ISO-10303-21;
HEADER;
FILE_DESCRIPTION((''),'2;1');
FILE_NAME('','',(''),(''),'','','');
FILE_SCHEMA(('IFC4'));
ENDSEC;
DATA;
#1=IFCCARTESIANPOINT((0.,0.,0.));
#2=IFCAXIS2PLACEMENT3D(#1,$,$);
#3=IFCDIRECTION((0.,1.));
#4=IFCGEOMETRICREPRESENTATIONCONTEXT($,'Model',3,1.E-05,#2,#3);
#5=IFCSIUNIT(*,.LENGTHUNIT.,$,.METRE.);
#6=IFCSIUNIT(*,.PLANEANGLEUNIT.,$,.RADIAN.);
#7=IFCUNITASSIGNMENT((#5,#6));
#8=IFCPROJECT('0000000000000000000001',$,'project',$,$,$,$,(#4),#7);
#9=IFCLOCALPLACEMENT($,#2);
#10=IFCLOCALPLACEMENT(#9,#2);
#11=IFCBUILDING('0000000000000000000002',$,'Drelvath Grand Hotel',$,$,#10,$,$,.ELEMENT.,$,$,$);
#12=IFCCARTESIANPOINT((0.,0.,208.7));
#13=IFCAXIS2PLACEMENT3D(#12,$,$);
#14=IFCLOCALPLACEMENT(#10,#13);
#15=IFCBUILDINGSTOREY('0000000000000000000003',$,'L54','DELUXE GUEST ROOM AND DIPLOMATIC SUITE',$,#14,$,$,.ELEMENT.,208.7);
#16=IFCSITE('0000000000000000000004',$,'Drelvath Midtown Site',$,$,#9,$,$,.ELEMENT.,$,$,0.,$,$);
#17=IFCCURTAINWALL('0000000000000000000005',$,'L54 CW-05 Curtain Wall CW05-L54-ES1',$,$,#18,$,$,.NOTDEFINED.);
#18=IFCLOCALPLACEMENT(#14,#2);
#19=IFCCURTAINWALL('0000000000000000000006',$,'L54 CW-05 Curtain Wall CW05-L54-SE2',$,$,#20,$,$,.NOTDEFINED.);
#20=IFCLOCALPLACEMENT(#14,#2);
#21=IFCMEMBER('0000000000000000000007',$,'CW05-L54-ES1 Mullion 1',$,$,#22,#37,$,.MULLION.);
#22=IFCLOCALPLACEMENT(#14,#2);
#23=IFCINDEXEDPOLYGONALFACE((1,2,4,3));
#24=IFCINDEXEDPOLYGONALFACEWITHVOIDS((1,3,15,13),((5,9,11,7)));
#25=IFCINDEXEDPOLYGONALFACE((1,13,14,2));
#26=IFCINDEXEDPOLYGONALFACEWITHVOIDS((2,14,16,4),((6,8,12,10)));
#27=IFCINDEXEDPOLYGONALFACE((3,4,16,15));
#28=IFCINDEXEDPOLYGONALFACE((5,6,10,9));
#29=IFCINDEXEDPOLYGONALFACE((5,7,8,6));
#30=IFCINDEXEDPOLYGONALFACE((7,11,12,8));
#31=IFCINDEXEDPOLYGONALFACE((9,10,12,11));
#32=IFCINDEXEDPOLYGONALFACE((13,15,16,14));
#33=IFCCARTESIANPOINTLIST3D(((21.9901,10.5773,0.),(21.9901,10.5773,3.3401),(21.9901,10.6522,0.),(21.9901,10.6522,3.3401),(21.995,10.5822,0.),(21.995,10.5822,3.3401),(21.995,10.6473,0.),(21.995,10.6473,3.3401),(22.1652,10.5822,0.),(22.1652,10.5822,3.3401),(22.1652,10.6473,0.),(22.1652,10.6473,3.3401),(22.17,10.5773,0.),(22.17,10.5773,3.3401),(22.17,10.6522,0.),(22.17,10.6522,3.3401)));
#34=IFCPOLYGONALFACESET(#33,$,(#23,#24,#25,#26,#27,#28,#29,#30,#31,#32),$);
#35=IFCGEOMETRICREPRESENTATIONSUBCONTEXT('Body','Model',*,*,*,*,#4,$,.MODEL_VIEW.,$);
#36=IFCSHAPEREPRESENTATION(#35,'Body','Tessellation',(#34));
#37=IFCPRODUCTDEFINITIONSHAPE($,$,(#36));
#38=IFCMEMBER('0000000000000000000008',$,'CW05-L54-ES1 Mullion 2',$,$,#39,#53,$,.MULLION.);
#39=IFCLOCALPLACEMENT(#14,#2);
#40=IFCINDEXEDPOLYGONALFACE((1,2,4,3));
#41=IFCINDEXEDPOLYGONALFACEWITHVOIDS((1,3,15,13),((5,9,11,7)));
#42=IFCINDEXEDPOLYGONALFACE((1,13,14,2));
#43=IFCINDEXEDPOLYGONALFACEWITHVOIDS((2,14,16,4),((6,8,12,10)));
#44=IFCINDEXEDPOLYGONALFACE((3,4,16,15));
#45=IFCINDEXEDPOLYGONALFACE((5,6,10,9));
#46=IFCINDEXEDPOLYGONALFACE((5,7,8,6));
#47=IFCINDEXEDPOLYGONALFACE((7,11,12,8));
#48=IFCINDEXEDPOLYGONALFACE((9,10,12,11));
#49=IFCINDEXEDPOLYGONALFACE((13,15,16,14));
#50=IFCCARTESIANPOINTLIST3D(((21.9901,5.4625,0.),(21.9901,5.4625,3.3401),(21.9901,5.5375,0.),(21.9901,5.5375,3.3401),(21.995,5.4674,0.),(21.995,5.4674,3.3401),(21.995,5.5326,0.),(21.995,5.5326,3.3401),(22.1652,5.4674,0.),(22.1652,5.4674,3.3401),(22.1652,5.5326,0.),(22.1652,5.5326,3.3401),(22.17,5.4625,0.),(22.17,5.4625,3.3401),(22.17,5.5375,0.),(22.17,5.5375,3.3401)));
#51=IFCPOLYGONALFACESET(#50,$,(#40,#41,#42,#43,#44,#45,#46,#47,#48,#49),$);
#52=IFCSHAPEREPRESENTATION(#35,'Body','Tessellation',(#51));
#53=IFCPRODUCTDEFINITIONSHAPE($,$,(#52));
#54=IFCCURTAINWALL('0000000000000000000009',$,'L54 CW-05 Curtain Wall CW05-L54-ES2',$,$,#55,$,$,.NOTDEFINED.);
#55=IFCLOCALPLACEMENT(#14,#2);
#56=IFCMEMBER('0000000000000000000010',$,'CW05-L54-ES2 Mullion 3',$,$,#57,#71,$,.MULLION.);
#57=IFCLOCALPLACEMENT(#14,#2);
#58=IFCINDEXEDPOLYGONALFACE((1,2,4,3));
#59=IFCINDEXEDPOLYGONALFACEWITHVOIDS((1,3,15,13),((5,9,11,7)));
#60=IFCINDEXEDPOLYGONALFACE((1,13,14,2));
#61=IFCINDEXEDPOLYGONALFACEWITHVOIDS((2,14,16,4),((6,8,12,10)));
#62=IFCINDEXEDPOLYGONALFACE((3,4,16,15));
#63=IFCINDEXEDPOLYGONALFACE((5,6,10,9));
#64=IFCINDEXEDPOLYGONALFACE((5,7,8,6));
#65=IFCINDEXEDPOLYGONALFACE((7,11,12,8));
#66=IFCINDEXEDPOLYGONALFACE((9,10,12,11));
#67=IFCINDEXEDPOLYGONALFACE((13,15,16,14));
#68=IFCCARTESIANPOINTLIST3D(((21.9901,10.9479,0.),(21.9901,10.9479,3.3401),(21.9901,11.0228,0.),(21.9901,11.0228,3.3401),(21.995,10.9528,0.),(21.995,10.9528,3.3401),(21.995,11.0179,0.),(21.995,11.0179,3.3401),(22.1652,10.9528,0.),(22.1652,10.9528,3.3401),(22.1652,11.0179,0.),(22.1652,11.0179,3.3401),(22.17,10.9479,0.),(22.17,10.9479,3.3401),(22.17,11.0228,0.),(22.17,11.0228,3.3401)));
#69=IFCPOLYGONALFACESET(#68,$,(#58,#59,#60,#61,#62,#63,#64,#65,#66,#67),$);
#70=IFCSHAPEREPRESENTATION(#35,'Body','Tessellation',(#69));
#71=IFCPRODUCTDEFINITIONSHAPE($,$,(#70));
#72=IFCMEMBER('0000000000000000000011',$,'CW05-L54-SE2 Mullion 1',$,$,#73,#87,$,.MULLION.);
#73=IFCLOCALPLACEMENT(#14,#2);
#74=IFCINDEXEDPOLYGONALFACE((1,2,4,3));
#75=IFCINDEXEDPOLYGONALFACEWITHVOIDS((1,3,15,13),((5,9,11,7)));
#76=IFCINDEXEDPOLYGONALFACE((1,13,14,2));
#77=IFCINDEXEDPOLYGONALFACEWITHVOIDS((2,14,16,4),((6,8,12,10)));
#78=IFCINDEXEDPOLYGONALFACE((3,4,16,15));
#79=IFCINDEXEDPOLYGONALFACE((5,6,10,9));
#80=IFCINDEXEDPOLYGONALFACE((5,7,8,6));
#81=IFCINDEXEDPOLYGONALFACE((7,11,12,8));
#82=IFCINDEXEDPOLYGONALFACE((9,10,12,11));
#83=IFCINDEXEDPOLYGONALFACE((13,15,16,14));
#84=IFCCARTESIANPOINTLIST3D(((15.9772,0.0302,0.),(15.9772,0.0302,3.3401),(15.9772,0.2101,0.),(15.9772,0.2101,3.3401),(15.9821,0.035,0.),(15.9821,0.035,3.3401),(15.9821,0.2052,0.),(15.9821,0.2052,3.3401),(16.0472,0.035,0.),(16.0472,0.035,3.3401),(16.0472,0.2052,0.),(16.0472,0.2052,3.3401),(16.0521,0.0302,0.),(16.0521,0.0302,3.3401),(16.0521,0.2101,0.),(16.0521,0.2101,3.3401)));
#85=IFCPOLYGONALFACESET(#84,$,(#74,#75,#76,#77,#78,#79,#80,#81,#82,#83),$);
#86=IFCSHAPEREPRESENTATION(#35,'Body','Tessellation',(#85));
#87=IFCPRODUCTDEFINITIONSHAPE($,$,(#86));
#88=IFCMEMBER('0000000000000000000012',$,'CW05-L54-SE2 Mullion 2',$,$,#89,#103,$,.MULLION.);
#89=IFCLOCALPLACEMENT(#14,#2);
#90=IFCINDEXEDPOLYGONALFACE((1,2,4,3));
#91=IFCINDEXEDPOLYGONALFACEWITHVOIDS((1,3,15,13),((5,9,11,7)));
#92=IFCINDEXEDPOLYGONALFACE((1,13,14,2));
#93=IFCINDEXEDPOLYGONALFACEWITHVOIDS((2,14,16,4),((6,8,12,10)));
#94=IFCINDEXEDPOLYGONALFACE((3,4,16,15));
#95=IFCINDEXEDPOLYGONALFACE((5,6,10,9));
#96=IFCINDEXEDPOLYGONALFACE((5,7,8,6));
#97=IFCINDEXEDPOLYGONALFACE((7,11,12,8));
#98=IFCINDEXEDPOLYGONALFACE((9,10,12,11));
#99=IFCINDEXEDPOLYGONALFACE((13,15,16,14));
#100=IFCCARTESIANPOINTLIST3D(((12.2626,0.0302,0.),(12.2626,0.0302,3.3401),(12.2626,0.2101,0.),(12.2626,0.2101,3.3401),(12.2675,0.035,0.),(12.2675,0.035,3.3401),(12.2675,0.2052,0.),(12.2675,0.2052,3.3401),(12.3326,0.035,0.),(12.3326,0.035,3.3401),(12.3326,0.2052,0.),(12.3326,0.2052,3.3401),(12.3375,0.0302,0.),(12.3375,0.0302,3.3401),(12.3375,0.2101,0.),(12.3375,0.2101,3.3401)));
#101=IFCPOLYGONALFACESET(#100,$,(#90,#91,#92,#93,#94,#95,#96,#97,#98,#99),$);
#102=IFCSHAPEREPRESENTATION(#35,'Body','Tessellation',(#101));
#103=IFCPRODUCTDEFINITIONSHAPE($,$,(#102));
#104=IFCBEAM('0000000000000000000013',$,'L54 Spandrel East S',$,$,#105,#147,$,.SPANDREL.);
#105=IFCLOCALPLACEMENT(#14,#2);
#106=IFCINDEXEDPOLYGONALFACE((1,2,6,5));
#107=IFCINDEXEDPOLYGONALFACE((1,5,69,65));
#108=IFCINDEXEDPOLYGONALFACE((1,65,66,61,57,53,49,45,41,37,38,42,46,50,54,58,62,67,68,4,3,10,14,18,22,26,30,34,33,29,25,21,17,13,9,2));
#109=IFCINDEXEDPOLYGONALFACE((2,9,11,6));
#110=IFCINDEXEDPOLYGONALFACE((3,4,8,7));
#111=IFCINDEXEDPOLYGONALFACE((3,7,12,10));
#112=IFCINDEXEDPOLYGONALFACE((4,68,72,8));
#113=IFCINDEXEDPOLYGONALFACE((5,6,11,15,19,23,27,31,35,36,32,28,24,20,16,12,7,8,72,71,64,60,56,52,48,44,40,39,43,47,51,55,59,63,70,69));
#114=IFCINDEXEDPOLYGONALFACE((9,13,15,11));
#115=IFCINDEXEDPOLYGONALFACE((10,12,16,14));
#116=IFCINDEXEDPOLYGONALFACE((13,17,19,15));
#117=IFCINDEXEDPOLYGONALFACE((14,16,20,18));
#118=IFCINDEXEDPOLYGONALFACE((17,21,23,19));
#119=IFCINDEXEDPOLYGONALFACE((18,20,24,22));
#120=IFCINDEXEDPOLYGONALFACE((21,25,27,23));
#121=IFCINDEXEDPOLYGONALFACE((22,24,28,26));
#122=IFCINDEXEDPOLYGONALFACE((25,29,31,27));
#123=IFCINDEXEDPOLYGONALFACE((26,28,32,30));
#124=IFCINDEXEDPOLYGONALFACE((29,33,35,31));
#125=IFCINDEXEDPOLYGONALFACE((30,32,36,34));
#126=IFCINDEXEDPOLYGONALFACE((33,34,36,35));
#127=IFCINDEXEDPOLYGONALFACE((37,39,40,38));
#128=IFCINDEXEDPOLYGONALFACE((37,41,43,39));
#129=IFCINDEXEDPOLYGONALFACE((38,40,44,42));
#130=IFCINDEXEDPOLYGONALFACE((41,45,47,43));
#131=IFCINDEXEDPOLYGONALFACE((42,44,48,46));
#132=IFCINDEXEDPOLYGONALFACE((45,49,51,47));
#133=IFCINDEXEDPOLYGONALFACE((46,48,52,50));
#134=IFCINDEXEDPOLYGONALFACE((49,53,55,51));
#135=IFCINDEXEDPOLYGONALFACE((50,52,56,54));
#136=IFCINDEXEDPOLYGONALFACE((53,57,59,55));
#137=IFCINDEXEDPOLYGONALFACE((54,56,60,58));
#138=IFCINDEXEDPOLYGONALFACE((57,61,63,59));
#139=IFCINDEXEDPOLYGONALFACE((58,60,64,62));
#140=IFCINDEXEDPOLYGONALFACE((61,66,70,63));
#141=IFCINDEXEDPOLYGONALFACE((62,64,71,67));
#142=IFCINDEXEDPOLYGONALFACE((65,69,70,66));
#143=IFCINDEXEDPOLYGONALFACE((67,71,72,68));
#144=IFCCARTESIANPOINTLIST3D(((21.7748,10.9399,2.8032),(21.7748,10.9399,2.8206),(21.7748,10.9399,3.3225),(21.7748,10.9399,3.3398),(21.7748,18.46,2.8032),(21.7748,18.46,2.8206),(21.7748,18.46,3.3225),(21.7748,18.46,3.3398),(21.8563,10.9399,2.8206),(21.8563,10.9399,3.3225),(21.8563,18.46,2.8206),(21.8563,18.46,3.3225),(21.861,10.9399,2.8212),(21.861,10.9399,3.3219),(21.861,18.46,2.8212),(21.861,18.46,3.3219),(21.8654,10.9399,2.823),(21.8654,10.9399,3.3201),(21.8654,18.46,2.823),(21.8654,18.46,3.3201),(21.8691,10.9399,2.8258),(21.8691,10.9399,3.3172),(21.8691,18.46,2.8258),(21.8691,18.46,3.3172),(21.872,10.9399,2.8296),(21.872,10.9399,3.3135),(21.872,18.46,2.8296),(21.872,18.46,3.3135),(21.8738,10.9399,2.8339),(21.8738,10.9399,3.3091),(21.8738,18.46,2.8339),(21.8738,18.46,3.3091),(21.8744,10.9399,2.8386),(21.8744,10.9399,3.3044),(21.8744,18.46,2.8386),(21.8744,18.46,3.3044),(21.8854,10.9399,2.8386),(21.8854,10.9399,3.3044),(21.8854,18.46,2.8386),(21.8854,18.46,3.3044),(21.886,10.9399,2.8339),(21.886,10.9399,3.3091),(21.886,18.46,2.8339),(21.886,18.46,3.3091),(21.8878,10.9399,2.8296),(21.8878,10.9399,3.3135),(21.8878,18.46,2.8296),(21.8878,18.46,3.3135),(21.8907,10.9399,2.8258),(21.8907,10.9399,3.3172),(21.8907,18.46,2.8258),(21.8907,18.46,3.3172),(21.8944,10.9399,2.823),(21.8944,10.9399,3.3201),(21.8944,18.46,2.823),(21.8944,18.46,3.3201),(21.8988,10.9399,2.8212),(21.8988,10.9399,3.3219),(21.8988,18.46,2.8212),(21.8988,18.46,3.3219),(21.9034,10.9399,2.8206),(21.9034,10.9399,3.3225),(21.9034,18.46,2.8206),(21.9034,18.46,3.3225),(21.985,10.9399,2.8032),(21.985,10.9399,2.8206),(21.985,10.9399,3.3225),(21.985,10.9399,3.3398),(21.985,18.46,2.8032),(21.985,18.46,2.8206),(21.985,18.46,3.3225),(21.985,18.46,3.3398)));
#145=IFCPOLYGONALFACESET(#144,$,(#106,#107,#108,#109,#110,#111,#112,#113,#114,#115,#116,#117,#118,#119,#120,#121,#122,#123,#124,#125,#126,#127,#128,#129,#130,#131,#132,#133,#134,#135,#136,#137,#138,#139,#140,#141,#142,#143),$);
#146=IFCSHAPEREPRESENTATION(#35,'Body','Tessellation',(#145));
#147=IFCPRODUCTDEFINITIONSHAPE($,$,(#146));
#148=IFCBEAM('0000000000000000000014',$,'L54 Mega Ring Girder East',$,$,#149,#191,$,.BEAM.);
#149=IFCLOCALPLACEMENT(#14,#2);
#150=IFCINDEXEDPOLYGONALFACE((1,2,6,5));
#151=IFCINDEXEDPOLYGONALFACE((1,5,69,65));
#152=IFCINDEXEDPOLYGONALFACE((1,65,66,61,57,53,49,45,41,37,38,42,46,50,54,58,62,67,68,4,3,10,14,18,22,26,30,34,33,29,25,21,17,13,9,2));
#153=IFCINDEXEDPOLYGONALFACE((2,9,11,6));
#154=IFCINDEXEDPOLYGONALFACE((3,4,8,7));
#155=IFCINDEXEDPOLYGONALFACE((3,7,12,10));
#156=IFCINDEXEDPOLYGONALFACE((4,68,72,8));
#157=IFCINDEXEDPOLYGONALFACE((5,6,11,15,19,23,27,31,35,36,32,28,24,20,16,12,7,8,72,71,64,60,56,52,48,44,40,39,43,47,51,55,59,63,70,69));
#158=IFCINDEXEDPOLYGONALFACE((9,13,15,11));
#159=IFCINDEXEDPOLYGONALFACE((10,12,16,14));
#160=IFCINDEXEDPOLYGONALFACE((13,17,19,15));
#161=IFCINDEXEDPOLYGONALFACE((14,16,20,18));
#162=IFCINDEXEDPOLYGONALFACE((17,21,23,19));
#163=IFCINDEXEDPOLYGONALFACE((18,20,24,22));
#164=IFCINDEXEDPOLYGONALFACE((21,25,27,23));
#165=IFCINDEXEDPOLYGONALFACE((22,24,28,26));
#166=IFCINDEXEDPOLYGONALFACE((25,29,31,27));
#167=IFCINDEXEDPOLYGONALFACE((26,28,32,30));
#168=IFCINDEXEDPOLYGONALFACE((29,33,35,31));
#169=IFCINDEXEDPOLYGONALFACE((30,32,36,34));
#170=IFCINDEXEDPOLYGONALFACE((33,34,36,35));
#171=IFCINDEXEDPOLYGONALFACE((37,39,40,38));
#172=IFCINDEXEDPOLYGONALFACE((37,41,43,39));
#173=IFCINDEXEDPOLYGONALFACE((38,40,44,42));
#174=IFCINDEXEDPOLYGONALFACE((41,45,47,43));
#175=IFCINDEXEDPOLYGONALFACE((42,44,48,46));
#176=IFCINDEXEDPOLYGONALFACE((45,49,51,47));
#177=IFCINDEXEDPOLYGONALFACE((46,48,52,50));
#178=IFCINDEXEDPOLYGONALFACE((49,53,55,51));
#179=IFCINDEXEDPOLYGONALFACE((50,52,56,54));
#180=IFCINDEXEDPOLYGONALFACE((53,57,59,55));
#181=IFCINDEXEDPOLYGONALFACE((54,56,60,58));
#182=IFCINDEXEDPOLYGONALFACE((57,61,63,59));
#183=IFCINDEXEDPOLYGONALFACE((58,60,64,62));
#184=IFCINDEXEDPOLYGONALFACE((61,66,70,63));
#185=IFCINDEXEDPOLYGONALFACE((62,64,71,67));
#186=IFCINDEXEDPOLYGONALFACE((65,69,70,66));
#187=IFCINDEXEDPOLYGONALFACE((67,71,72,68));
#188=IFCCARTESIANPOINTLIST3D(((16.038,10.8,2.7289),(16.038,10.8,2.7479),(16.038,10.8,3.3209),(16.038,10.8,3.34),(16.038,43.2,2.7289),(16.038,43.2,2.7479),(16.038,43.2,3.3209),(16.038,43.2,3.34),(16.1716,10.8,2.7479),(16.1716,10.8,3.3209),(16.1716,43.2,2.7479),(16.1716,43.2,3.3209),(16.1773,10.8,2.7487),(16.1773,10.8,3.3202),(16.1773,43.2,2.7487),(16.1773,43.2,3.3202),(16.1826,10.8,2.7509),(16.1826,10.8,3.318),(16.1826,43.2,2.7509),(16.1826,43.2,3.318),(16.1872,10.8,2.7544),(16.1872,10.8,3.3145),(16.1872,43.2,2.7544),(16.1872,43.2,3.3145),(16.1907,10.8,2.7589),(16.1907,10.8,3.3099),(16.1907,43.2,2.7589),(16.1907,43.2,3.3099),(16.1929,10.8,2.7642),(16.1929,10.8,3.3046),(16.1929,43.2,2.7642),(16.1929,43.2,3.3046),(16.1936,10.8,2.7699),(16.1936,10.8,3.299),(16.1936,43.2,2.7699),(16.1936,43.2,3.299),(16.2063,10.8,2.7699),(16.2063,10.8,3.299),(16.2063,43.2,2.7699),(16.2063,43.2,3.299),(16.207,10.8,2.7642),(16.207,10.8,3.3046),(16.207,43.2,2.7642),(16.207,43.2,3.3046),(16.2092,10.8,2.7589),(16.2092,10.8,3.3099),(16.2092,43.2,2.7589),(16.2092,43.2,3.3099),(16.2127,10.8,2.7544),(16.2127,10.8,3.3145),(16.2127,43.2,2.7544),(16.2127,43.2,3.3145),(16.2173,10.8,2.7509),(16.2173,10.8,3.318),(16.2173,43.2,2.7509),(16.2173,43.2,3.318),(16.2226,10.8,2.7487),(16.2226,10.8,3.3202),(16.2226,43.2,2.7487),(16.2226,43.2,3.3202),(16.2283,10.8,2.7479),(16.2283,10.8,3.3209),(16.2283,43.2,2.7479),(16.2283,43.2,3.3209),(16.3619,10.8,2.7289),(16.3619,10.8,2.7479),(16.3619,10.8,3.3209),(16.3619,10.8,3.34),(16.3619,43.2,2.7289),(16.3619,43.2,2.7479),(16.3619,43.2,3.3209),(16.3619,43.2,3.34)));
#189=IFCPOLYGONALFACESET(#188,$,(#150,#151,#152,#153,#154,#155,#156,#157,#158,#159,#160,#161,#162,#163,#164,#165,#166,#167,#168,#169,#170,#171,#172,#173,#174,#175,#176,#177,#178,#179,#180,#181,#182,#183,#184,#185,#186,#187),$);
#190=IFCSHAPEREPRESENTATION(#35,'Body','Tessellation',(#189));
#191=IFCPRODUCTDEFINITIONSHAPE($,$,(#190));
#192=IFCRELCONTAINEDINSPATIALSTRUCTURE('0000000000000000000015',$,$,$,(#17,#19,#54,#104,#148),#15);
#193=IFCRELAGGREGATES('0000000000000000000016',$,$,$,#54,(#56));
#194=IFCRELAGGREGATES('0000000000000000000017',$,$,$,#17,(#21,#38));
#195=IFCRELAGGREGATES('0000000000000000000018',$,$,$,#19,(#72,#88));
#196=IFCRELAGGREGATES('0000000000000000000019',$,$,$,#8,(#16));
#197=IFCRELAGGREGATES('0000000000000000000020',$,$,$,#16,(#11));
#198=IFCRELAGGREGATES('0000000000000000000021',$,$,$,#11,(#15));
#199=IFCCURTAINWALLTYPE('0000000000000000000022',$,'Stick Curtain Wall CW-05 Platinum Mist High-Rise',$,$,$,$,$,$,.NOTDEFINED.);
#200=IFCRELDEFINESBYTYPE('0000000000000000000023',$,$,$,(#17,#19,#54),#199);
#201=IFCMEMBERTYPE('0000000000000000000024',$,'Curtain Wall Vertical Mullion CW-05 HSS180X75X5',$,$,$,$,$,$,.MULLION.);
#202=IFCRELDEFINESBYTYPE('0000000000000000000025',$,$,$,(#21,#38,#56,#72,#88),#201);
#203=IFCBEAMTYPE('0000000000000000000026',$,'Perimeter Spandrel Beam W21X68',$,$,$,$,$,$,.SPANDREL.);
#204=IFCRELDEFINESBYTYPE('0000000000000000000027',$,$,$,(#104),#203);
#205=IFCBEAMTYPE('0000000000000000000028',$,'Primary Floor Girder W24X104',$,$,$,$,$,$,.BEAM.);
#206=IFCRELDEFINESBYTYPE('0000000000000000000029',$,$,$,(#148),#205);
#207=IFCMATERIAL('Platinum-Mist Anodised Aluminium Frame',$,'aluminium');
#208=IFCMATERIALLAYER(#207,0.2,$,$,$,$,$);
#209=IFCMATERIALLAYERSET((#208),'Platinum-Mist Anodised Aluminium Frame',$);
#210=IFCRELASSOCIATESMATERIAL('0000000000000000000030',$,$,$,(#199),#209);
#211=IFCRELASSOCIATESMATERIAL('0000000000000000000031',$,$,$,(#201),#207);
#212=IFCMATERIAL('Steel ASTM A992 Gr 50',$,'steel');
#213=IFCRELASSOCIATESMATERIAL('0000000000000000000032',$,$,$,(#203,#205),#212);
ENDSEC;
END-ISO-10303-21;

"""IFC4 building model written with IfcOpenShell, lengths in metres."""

from ifc_helpers import new_model, si_unit, direction, frame, origin, origin_2d, place, context, subcontext, project, spatial, hollow_rectangle, i_section, extrude, material, layer, layer_set, material_profile, profile_set, type_object, element, aggregate, save


model = new_model("IFC4")

# Units and contexts
model_context = context("Model", 3, precision=1e-05, world=origin(), true_north=direction((0.0, 1.0)))
body_context = subcontext(model_context, "Body", "Model", "MODEL_VIEW")
ifc_project = project(units=[si_unit("LENGTHUNIT", "METRE"), si_unit("PLANEANGLEUNIT", "RADIAN")], contexts=[model_context])

# Site, building, storey
site_placement = place(None, origin())
site = spatial("IfcSite", under=ifc_project, at=site_placement, Name="Drelvath Midtown Site", CompositionType="ELEMENT", RefElevation=0.0)
building_placement = place(site_placement, origin())
building = spatial("IfcBuilding", under=site, at=building_placement, Name="Drelvath Grand Hotel", CompositionType="ELEMENT")
storey_placement = place(building_placement, frame((0.0, 0.0, 208.7)))
storey = spatial("IfcBuildingStorey", under=building, at=storey_placement, Name="L54", Description="DELUXE GUEST ROOM AND DIPLOMATIC SUITE", CompositionType="ELEMENT", Elevation=208.7)

# Shared definitions
ifc_material_1 = material(Name="Steel ASTM A992 Gr 50", Category="steel")

# Curtain walls
ifc_material_2 = material(Name="Platinum-Mist Anodised Aluminium Frame", Category="aluminium")
ifc_layer_1 = layer(ifc_material_2, 0.2)
ifc_layer_set_1 = layer_set([ifc_layer_1], Name="Platinum-Mist Anodised Aluminium Frame")
curtain_wall_type = type_object("IfcCurtainWallType", Name="Stick Curtain Wall CW-05 Platinum Mist High-Rise", PredefinedType="NOTDEFINED", material=ifc_layer_set_1)
curtain_wall_1_placement = place(storey_placement, origin())
curtain_wall_1 = element("IfcCurtainWall", 1, at=curtain_wall_1_placement, inside=storey, type_object=curtain_wall_type, Name="L54 CW-05 Curtain Wall CW05-L54-ES1", PredefinedType="NOTDEFINED")
curtain_wall_2_placement = place(storey_placement, origin())
curtain_wall_2 = element("IfcCurtainWall", 2, at=curtain_wall_2_placement, inside=storey, type_object=curtain_wall_type, Name="L54 CW-05 Curtain Wall CW05-L54-SE2", PredefinedType="NOTDEFINED")

# Members
ifc_material_profile_1 = material_profile(ifc_material_2, hollow_rectangle(XDim=0.075, YDim=0.1799, WallThickness=0.0049, at=origin_2d()), Name="HSS180X75X5")
ifc_profile_set_1 = profile_set([ifc_material_profile_1], Name="Platinum-Mist Anodised Aluminium Frame")
member_type_1 = type_object("IfcMemberType", Name="Curtain Wall Vertical Mullion CW-05 HSS180X75X5", PredefinedType="MULLION", material=ifc_profile_set_1)
member_1_placement = place(storey_placement, frame((22.0801, 10.6147, 0.0), z_axis=(0.0, 0.0, 1.0), x_axis=(0.0, 1.0, 0.0)))
member_1 = element("IfcMember", 3, at=member_1_placement, type_object=member_type_1, Name="CW05-L54-ES1 Mullion 1", PredefinedType="MULLION", context=body_context, shape_type="SweptSolid", body=[
    extrude(hollow_rectangle(XDim=0.075, YDim=0.1799, WallThickness=0.0049, at=origin_2d()), origin(), (0.0, 0.0, 1.0), 3.3401),
])
member_2_placement = place(storey_placement, frame((22.0801, 5.5, 0.0), z_axis=(0.0, 0.0, 1.0), x_axis=(0.0, 1.0, 0.0)))
member_2 = element("IfcMember", 4, at=member_2_placement, type_object=member_type_1, Name="CW05-L54-ES1 Mullion 2", PredefinedType="MULLION", context=body_context, shape_type="SweptSolid", body=[
    extrude(hollow_rectangle(XDim=0.075, YDim=0.1799, WallThickness=0.0049, at=origin_2d()), origin(), (0.0, 0.0, 1.0), 3.3401),
])

# Curtain wall, member
curtain_wall_3_placement = place(storey_placement, origin())
curtain_wall_3 = element("IfcCurtainWall", 5, at=curtain_wall_3_placement, inside=storey, type_object=curtain_wall_type, Name="L54 CW-05 Curtain Wall CW05-L54-ES2", PredefinedType="NOTDEFINED")
member_3_placement = place(storey_placement, frame((22.0801, 10.9854, 0.0), z_axis=(0.0, 0.0, 1.0), x_axis=(0.0, 1.0, 0.0)))
member_3 = element("IfcMember", 6, at=member_3_placement, type_object=member_type_1, Name="CW05-L54-ES2 Mullion 3", PredefinedType="MULLION", context=body_context, shape_type="SweptSolid", body=[
    extrude(hollow_rectangle(XDim=0.075, YDim=0.1799, WallThickness=0.0049, at=origin_2d()), origin(), (0.0, 0.0, 1.0), 3.3401),
])
aggregate(curtain_wall_3, [member_3])

# Members
member_4_placement = place(storey_placement, frame((16.0146, 0.1201, 0.0), z_axis=(0.0, 0.0, 1.0), x_axis=(1.0, 0.0, 0.0)))
member_4 = element("IfcMember", 7, at=member_4_placement, type_object=member_type_1, Name="CW05-L54-SE2 Mullion 1", PredefinedType="MULLION", context=body_context, shape_type="SweptSolid", body=[
    extrude(hollow_rectangle(XDim=0.075, YDim=0.1799, WallThickness=0.0049, at=origin_2d()), origin(), (0.0, 0.0, 1.0), 3.3401),
])
member_5_placement = place(storey_placement, frame((12.3, 0.1201, 0.0), z_axis=(0.0, 0.0, 1.0), x_axis=(1.0, 0.0, 0.0)))
member_5 = element("IfcMember", 8, at=member_5_placement, type_object=member_type_1, Name="CW05-L54-SE2 Mullion 2", PredefinedType="MULLION", context=body_context, shape_type="SweptSolid", body=[
    extrude(hollow_rectangle(XDim=0.075, YDim=0.1799, WallThickness=0.0049, at=origin_2d()), origin(), (0.0, 0.0, 1.0), 3.3401),
])

# Beams
ifc_material_profile_2 = material_profile(ifc_material_1, i_section(OverallWidth=0.2102, OverallDepth=0.5366, WebThickness=0.011, FlangeThickness=0.0173, FilletRadius=0.0181, at=origin_2d()), Name="W21X68")
ifc_profile_set_2 = profile_set([ifc_material_profile_2], Name="Steel ASTM A992 Gr 50")
beam_type_1 = type_object("IfcBeamType", Name="Perimeter Spandrel Beam W21X68", PredefinedType="SPANDREL", material=ifc_profile_set_2)
beam_1_placement = place(storey_placement, frame((21.8799, 10.9399, 3.0715), z_axis=(0.0, 1.0, 0.0), x_axis=(-1.0, 0.0, 0.0)))
element("IfcBeam", 9, at=beam_1_placement, inside=storey, type_object=beam_type_1, Name="L54 Spandrel East S", PredefinedType="SPANDREL", context=body_context, shape_type="SweptSolid", body=[
    extrude(i_section(OverallWidth=0.2102, OverallDepth=0.5366, WebThickness=0.011, FlangeThickness=0.0173, FilletRadius=0.0181, at=origin_2d()), origin(), (0.0, 0.0, 1.0), 7.52),
])
ifc_material_profile_3 = material_profile(ifc_material_1, i_section(OverallWidth=0.324, OverallDepth=0.6111, WebThickness=0.0127, FlangeThickness=0.019, FilletRadius=0.022, at=origin_2d()), Name="W24X104")
ifc_profile_set_3 = profile_set([ifc_material_profile_3], Name="Steel ASTM A992 Gr 50")
beam_type_2 = type_object("IfcBeamType", Name="Primary Floor Girder W24X104", PredefinedType="BEAM", material=ifc_profile_set_3)
beam_2_placement = place(storey_placement, frame((16.2, 10.8, 3.0344), z_axis=(0.0, 1.0, 0.0), x_axis=(-1.0, 0.0, 0.0)))
element("IfcBeam", 10, at=beam_2_placement, inside=storey, type_object=beam_type_2, Name="L54 Mega Ring Girder East", PredefinedType="BEAM", context=body_context, shape_type="SweptSolid", body=[
    extrude(i_section(OverallWidth=0.324, OverallDepth=0.6111, WebThickness=0.0127, FlangeThickness=0.019, FilletRadius=0.022, at=origin_2d()), origin(), (0.0, 0.0, 1.0), 32.3999),
])

aggregate(curtain_wall_1, [member_1, member_2])
aggregate(curtain_wall_2, [member_4, member_5])

save(model, "model.ifc")
